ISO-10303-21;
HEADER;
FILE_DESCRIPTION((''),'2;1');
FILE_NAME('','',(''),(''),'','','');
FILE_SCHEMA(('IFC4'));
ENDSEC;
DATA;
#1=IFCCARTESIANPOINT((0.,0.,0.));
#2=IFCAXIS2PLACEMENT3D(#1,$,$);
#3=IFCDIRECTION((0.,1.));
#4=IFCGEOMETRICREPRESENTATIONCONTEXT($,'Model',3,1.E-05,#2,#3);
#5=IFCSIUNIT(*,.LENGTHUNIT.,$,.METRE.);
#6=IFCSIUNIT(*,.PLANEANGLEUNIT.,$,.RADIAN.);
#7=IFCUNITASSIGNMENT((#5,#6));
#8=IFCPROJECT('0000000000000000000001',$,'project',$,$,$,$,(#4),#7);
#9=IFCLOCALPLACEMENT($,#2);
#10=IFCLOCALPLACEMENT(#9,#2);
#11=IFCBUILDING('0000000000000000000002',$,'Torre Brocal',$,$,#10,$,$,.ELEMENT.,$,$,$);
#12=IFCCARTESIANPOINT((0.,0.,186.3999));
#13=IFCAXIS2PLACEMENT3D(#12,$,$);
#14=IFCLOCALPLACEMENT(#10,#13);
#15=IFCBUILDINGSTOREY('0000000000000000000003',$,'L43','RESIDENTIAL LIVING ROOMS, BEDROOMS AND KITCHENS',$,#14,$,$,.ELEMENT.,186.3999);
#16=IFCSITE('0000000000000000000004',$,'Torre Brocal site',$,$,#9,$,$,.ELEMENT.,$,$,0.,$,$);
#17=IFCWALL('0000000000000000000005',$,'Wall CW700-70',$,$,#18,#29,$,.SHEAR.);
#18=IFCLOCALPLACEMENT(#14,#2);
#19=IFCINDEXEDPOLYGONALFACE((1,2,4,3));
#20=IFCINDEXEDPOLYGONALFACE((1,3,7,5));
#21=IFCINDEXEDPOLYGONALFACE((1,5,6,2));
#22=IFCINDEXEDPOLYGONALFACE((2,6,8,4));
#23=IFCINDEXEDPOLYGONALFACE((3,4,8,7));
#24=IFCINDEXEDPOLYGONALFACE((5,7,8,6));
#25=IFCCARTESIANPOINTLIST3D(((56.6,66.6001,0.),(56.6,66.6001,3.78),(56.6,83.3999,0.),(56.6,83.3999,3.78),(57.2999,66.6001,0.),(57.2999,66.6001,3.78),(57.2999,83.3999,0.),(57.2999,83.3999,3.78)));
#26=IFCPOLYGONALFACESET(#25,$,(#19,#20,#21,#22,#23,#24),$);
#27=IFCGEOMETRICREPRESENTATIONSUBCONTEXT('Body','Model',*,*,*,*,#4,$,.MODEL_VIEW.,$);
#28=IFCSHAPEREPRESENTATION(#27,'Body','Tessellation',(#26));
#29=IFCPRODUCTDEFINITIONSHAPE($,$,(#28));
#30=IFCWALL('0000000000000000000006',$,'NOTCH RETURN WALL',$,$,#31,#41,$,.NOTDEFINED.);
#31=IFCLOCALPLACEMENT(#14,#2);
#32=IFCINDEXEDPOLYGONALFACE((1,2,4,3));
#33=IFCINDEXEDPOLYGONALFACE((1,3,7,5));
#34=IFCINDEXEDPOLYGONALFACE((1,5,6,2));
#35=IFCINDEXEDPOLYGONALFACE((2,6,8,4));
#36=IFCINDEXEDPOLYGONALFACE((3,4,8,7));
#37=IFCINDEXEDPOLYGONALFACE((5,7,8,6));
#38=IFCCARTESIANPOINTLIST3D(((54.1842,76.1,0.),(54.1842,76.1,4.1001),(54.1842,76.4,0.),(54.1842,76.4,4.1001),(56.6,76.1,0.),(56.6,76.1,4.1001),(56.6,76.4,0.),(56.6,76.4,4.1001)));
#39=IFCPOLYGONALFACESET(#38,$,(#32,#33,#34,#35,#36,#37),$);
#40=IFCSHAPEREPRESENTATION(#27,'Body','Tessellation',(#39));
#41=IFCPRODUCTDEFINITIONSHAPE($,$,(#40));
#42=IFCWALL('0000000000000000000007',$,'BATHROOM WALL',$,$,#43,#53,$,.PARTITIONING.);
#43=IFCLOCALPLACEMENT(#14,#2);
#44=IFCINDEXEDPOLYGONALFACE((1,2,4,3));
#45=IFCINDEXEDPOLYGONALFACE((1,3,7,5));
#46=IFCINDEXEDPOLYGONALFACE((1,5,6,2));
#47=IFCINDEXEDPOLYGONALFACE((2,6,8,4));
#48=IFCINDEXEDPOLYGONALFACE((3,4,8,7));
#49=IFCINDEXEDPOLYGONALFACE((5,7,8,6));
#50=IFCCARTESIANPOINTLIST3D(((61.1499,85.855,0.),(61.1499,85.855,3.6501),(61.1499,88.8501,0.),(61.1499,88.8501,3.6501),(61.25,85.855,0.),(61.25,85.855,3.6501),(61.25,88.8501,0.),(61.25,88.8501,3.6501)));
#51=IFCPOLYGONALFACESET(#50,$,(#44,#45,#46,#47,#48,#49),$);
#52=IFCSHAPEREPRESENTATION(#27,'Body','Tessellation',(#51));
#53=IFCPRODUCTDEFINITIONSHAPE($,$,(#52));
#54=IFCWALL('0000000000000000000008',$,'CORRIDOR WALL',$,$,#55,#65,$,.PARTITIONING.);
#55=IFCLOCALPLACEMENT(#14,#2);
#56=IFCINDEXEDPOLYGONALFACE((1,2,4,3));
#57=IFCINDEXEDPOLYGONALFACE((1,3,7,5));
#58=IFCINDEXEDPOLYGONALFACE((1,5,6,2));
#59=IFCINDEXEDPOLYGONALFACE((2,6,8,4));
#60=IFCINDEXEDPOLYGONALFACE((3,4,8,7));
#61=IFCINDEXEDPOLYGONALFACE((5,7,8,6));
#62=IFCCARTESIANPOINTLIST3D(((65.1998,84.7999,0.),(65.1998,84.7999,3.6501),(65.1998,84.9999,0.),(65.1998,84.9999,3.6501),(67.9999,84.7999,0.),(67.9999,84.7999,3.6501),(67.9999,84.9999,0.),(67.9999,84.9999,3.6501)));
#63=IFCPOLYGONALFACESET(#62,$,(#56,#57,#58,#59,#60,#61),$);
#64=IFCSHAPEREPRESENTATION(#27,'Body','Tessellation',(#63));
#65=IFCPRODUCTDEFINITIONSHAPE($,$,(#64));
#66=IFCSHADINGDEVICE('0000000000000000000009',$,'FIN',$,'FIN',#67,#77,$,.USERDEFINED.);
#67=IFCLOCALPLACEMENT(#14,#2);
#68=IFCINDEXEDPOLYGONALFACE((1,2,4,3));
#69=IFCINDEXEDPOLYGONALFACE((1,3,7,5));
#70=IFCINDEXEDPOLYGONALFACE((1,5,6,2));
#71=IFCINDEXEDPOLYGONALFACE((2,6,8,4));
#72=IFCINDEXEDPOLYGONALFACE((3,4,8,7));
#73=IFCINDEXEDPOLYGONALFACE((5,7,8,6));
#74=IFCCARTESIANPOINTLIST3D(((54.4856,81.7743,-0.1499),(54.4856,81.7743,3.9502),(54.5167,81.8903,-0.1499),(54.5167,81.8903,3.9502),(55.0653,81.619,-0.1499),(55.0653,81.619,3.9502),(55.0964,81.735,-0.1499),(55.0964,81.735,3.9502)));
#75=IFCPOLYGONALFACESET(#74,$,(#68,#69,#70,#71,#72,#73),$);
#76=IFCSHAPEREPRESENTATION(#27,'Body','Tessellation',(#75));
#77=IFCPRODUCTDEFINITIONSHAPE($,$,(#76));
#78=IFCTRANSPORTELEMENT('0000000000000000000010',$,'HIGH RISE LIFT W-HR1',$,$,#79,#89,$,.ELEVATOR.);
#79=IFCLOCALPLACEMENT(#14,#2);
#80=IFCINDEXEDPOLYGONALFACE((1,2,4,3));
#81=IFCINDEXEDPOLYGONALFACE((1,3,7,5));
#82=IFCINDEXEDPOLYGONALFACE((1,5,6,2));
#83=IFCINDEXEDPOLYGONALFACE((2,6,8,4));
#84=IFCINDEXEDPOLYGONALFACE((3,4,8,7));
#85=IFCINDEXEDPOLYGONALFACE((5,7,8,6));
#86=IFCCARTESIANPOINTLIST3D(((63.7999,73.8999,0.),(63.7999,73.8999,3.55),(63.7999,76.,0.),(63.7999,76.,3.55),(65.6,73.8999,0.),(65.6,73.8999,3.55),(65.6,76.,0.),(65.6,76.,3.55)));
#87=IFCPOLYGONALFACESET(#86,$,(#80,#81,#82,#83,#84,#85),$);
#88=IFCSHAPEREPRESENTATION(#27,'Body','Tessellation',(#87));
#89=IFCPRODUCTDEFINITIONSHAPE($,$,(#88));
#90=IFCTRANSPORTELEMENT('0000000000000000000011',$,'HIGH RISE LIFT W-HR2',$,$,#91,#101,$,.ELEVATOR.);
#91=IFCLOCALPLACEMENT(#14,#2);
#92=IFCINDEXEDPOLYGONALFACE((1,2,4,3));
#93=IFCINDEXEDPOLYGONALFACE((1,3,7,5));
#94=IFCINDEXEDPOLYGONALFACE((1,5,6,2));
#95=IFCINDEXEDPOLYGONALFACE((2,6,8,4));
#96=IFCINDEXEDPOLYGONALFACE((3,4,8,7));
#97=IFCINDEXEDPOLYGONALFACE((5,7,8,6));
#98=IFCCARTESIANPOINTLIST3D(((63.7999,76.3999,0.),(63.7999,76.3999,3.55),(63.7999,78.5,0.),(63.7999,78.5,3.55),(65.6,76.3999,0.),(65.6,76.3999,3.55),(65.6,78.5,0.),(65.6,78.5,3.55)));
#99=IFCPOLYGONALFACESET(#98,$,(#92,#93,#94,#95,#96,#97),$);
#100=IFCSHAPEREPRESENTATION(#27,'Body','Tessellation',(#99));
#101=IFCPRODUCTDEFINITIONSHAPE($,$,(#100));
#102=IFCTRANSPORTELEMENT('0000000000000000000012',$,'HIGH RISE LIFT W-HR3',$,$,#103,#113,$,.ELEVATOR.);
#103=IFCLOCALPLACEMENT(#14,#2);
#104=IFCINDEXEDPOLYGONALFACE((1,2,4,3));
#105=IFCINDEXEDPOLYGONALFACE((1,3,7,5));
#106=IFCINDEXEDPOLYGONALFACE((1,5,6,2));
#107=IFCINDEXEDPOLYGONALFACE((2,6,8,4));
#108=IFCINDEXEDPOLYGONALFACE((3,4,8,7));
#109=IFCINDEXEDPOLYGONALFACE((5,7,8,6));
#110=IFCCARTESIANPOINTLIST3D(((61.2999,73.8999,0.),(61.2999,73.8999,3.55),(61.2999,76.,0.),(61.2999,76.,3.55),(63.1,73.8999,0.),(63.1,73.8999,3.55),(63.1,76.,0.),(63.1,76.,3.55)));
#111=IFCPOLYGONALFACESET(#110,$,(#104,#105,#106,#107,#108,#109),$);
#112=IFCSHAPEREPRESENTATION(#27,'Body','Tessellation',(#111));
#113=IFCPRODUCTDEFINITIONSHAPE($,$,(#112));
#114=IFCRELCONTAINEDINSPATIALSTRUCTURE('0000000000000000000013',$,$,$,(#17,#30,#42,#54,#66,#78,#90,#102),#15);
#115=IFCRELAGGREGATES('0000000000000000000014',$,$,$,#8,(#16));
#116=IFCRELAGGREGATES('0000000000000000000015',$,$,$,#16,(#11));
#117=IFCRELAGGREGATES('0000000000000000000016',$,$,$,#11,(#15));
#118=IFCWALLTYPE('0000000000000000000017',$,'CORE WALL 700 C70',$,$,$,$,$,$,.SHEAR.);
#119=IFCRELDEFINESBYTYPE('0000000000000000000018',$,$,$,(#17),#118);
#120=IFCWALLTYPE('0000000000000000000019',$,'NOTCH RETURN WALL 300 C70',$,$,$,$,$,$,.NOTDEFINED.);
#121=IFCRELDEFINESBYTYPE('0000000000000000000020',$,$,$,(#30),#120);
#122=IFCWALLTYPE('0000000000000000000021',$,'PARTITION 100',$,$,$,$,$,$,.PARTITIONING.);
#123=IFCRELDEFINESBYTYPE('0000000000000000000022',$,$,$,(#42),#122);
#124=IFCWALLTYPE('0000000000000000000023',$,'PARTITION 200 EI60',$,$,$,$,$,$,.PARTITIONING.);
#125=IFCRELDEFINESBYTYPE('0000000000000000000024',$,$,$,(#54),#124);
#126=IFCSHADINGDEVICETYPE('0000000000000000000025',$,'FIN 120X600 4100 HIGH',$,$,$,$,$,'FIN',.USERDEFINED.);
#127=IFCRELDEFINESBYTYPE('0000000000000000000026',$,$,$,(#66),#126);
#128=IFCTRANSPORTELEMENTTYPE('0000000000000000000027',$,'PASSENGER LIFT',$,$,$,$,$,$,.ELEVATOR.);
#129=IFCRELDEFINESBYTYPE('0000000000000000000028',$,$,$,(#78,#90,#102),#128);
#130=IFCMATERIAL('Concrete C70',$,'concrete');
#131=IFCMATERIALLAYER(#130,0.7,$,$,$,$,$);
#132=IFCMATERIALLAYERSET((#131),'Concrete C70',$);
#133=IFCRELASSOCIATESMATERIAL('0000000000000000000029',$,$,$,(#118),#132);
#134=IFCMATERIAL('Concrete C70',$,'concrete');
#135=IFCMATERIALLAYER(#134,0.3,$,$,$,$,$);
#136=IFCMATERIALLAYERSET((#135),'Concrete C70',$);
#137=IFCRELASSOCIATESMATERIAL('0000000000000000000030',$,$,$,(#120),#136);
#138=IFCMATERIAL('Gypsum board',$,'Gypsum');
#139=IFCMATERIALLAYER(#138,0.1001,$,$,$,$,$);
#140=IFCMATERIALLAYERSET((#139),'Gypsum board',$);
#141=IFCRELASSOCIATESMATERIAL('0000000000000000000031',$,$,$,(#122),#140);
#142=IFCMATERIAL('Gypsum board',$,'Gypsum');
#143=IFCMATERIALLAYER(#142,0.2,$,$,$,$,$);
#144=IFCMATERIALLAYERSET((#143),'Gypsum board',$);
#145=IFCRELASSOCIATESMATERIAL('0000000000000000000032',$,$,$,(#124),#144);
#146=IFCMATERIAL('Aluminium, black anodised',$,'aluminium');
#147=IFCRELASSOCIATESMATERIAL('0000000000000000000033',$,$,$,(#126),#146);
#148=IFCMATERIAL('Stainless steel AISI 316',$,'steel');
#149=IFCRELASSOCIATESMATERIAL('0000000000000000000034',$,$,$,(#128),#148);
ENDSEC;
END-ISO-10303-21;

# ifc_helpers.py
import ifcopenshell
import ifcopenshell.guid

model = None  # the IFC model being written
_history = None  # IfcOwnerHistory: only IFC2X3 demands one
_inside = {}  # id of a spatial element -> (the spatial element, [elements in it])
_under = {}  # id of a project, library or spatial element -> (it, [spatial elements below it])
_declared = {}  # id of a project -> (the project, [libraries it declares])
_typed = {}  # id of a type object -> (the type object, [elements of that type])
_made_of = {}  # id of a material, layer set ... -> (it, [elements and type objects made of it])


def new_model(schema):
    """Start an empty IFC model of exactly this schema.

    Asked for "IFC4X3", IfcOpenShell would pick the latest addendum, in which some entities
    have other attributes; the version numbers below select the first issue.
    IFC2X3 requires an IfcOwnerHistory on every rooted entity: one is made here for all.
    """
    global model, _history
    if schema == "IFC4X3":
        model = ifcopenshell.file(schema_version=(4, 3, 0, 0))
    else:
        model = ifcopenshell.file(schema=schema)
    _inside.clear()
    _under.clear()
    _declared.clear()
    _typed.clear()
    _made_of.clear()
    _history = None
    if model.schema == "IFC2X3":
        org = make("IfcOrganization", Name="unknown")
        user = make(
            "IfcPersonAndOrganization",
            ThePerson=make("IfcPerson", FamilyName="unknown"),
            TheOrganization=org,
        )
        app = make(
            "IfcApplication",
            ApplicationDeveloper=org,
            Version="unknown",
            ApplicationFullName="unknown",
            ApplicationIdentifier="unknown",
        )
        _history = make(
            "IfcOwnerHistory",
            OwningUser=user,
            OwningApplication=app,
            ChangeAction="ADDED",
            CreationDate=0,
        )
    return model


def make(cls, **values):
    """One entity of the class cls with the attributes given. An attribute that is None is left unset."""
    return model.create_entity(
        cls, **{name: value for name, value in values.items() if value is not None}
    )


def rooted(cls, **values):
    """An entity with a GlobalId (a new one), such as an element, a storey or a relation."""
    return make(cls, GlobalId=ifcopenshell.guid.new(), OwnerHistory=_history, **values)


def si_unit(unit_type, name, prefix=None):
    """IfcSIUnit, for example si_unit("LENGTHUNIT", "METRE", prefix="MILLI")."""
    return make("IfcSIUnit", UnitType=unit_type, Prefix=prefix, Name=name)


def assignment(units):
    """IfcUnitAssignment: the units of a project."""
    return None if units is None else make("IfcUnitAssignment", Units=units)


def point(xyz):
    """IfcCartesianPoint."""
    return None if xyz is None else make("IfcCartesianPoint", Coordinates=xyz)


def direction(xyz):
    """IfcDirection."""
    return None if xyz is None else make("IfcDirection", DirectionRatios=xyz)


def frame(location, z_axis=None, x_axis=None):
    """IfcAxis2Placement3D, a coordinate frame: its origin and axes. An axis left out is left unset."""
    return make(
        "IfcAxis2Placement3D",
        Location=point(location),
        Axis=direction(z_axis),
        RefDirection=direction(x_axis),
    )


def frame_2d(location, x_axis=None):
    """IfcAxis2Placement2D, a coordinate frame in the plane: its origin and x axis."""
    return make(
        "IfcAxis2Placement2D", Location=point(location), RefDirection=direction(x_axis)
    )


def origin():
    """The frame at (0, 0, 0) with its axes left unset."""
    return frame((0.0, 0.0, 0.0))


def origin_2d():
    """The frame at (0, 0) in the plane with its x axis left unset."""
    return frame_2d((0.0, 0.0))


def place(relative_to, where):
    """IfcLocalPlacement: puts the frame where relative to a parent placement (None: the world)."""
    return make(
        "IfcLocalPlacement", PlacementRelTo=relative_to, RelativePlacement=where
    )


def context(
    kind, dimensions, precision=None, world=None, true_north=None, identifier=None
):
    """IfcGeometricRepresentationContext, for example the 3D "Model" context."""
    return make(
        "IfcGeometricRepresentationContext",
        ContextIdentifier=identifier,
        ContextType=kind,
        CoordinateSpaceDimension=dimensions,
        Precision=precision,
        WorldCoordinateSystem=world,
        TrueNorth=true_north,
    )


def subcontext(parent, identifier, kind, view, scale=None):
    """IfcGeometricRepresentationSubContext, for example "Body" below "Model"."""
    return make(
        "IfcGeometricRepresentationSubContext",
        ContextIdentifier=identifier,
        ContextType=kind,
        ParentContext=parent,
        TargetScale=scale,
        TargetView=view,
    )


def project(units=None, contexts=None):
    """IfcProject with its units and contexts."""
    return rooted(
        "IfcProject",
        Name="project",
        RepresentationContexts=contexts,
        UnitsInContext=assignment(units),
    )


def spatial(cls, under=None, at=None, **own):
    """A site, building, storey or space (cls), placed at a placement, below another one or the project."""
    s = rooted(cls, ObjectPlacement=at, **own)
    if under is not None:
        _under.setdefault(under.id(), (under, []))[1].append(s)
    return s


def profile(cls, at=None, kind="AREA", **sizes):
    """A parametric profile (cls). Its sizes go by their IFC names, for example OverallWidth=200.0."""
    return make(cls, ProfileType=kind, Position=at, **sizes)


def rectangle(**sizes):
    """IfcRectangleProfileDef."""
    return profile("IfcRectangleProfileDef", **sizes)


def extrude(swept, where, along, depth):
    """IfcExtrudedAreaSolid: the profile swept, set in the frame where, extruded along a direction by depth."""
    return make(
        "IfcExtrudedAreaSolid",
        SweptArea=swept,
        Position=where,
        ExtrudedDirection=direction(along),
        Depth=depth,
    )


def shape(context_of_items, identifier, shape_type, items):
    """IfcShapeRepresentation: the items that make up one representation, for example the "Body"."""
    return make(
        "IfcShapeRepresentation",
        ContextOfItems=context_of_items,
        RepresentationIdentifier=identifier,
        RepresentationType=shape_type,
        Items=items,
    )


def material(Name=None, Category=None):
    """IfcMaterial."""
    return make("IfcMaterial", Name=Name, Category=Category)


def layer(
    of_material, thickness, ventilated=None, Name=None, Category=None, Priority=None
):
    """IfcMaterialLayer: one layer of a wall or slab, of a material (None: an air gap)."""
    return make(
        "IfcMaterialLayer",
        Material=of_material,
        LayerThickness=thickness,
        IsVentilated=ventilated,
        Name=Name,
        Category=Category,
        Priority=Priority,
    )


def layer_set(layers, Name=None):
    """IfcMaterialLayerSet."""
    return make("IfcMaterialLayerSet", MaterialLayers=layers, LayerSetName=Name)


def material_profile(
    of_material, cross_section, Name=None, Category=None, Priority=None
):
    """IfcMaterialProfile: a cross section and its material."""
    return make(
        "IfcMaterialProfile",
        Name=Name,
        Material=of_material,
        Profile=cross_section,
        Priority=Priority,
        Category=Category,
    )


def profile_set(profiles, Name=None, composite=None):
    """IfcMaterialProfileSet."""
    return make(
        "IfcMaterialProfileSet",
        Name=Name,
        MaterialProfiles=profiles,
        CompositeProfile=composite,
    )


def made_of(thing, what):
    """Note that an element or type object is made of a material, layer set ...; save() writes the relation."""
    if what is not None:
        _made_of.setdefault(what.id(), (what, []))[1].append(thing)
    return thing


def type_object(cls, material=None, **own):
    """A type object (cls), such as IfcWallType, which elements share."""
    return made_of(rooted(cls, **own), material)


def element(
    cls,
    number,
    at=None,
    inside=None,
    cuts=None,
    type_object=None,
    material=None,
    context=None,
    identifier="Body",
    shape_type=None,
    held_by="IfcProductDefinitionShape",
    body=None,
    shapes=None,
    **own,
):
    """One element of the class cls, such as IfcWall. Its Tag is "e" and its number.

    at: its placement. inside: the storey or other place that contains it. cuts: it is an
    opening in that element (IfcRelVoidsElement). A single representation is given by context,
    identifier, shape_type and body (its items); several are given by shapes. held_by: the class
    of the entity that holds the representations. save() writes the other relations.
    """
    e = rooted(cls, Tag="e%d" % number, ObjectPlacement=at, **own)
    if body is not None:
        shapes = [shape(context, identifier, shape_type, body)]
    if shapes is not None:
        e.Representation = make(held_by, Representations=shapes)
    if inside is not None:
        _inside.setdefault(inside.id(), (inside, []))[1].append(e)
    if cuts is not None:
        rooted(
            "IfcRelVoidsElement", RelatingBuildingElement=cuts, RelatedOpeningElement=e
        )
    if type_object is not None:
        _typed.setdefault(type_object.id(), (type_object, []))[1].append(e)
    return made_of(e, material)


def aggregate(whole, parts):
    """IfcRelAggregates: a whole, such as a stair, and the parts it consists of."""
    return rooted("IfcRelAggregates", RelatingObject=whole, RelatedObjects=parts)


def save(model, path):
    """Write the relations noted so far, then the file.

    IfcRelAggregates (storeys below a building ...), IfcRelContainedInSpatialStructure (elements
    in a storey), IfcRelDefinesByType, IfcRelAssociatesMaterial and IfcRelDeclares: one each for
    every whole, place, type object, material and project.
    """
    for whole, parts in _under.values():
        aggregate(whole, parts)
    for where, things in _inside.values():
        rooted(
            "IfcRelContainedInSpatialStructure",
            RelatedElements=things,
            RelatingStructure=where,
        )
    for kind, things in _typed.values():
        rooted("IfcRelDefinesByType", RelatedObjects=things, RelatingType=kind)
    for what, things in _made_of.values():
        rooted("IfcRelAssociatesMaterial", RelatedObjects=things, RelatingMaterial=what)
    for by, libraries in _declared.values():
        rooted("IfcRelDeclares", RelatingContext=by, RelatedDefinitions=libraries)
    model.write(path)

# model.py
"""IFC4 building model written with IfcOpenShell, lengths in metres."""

from ifc_helpers import new_model, si_unit, direction, frame, frame_2d, origin, origin_2d, place, context, subcontext, project, spatial, rectangle, extrude, material, layer, layer_set, material_profile, profile_set, type_object, element, save


model = new_model("IFC4")

# Units and contexts
model_context = context("Model", 3, precision=1e-05, world=origin(), true_north=direction((0.0, 1.0)))
body_context = subcontext(model_context, "Body", "Model", "MODEL_VIEW")
ifc_project = project(units=[si_unit("LENGTHUNIT", "METRE"), si_unit("PLANEANGLEUNIT", "RADIAN")], contexts=[model_context])

# Site, building, storey
site_placement = place(None, origin())
site = spatial("IfcSite", under=ifc_project, at=site_placement, Name="Torre Brocal site", CompositionType="ELEMENT", RefElevation=0.0)
building_placement = place(site_placement, origin())
building = spatial("IfcBuilding", under=site, at=building_placement, Name="Torre Brocal", CompositionType="ELEMENT")
storey_placement = place(building_placement, frame((0.0, 0.0, 186.3999)))
storey = spatial("IfcBuildingStorey", under=building, at=storey_placement, Name="L43", Description="RESIDENTIAL LIVING ROOMS, BEDROOMS AND KITCHENS", CompositionType="ELEMENT", Elevation=186.3999)

# Walls
ifc_material_1 = material(Name="Concrete C70", Category="concrete")
ifc_layer_1 = layer(ifc_material_1, 0.7)
ifc_layer_set_1 = layer_set([ifc_layer_1], Name="Concrete C70")
wall_type_1 = type_object("IfcWallType", Name="CORE WALL 700 C70", PredefinedType="SHEAR", material=ifc_layer_set_1)
wall_1_placement = place(storey_placement, frame((56.95, 83.3999, 0.0), z_axis=(0.0, 0.0, 1.0), x_axis=(0.0, -1.0, 0.0)))
element("IfcWall", 1, at=wall_1_placement, inside=storey, type_object=wall_type_1, Name="Wall CW700-70", PredefinedType="SHEAR", context=body_context, shape_type="SweptSolid", body=[
    extrude(rectangle(XDim=16.7998, YDim=0.7, at=frame_2d((8.3999, 0.0))), origin(), (0.0, 0.0, 1.0), 3.78),
])
ifc_material_2 = material(Name="Concrete C70", Category="concrete")
ifc_layer_2 = layer(ifc_material_2, 0.3)
ifc_layer_set_2 = layer_set([ifc_layer_2], Name="Concrete C70")
wall_type_2 = type_object("IfcWallType", Name="NOTCH RETURN WALL 300 C70", PredefinedType="NOTDEFINED", material=ifc_layer_set_2)
wall_2_placement = place(storey_placement, frame((56.6001, 76.25, 0.0), z_axis=(0.0, 0.0, 1.0), x_axis=(-1.0, 0.0, 0.0)))
element("IfcWall", 2, at=wall_2_placement, inside=storey, type_object=wall_type_2, Name="NOTCH RETURN WALL", PredefinedType="NOTDEFINED", context=body_context, shape_type="SweptSolid", body=[
    extrude(rectangle(XDim=2.4158, YDim=0.3, at=frame_2d((1.208, 0.0))), origin(), (0.0, 0.0, 1.0), 4.1001),
])
ifc_material_3 = material(Name="Gypsum board", Category="Gypsum")
ifc_layer_3 = layer(ifc_material_3, 0.1001)
ifc_layer_set_3 = layer_set([ifc_layer_3], Name="Gypsum board")
wall_type_3 = type_object("IfcWallType", Name="PARTITION 100", PredefinedType="PARTITIONING", material=ifc_layer_set_3)
wall_3_placement = place(storey_placement, frame((61.2, 85.855, 0.0), z_axis=(0.0, 0.0, 1.0), x_axis=(0.0, 1.0, 0.0)))
element("IfcWall", 3, at=wall_3_placement, inside=storey, type_object=wall_type_3, Name="BATHROOM WALL", PredefinedType="PARTITIONING", context=body_context, shape_type="SweptSolid", body=[
    extrude(rectangle(XDim=2.9951, YDim=0.1001, at=frame_2d((1.4976, 0.0))), origin(), (0.0, 0.0, 1.0), 3.6501),
])
ifc_material_4 = material(Name="Gypsum board", Category="Gypsum")
ifc_layer_4 = layer(ifc_material_4, 0.2)
ifc_layer_set_4 = layer_set([ifc_layer_4], Name="Gypsum board")
wall_type_4 = type_object("IfcWallType", Name="PARTITION 200 EI60", PredefinedType="PARTITIONING", material=ifc_layer_set_4)
wall_4_placement = place(storey_placement, frame((65.2, 84.8999, 0.0), z_axis=(0.0, 0.0, 1.0), x_axis=(1.0, 0.0, 0.0)))
element("IfcWall", 4, at=wall_4_placement, inside=storey, type_object=wall_type_4, Name="CORRIDOR WALL", PredefinedType="PARTITIONING", context=body_context, shape_type="SweptSolid", body=[
    extrude(rectangle(XDim=2.8, YDim=0.2, at=frame_2d((1.3999, 0.0))), origin(), (0.0, 0.0, 1.0), 3.6501),
])

# Shading device
ifc_material_5 = material(Name="Aluminium, black anodised", Category="aluminium")
ifc_material_profile_1 = material_profile(ifc_material_5, rectangle(XDim=0.1201, YDim=0.6001, at=origin_2d()), Name="FIN 120X600 4100 HIGH")
ifc_profile_set_1 = profile_set([ifc_material_profile_1], Name="Aluminium, black anodised")
shading_device_type = type_object("IfcShadingDeviceType", Name="FIN 120X600 4100 HIGH", ElementType="FIN", PredefinedType="USERDEFINED", material=ifc_profile_set_1)
shading_device_placement = place(storey_placement, frame((54.791, 81.7546, -0.1499), z_axis=(0.0, 0.0, 1.0), x_axis=(-0.258819, -0.965926, 0.0)))
element("IfcShadingDevice", 5, at=shading_device_placement, inside=storey, type_object=shading_device_type, Name="FIN", ObjectType="FIN", PredefinedType="USERDEFINED", context=body_context, shape_type="SweptSolid", body=[
    extrude(rectangle(XDim=0.1201, YDim=0.6001, at=origin_2d()), origin(), (0.0, 0.0, 1.0), 4.1001),
])

# Transport elements
ifc_material_6 = material(Name="Stainless steel AISI 316", Category="steel")
transport_element_type = type_object("IfcTransportElementType", Name="PASSENGER LIFT", PredefinedType="ELEVATOR", material=ifc_material_6)
for number, where, z_axis, x_axis, name in (
    (6, (64.7, 74.95, 0.0), (0.0, 0.0, 1.0), (1.0, 0.0, 0.0), "HIGH RISE LIFT W-HR1"),
    (7, (64.7, 77.45, 0.0), (0.0, 0.0, 1.0), (1.0, 0.0, 0.0), "HIGH RISE LIFT W-HR2"),
    (8, (62.2, 74.95, 0.0), (0.0, 0.0, 1.0), (1.0, 0.0, 0.0), "HIGH RISE LIFT W-HR3"),
):
    element("IfcTransportElement", number, at=place(storey_placement, frame(where, z_axis=z_axis, x_axis=x_axis)), inside=storey, type_object=transport_element_type, Name=name, PredefinedType="ELEVATOR", context=body_context, shape_type="SweptSolid", body=[
        extrude(rectangle(XDim=1.8, YDim=2.1001, at=origin_2d()), origin(), (0.0, 0.0, 1.0), 3.55),
    ])

save(model, "model.ifc")
